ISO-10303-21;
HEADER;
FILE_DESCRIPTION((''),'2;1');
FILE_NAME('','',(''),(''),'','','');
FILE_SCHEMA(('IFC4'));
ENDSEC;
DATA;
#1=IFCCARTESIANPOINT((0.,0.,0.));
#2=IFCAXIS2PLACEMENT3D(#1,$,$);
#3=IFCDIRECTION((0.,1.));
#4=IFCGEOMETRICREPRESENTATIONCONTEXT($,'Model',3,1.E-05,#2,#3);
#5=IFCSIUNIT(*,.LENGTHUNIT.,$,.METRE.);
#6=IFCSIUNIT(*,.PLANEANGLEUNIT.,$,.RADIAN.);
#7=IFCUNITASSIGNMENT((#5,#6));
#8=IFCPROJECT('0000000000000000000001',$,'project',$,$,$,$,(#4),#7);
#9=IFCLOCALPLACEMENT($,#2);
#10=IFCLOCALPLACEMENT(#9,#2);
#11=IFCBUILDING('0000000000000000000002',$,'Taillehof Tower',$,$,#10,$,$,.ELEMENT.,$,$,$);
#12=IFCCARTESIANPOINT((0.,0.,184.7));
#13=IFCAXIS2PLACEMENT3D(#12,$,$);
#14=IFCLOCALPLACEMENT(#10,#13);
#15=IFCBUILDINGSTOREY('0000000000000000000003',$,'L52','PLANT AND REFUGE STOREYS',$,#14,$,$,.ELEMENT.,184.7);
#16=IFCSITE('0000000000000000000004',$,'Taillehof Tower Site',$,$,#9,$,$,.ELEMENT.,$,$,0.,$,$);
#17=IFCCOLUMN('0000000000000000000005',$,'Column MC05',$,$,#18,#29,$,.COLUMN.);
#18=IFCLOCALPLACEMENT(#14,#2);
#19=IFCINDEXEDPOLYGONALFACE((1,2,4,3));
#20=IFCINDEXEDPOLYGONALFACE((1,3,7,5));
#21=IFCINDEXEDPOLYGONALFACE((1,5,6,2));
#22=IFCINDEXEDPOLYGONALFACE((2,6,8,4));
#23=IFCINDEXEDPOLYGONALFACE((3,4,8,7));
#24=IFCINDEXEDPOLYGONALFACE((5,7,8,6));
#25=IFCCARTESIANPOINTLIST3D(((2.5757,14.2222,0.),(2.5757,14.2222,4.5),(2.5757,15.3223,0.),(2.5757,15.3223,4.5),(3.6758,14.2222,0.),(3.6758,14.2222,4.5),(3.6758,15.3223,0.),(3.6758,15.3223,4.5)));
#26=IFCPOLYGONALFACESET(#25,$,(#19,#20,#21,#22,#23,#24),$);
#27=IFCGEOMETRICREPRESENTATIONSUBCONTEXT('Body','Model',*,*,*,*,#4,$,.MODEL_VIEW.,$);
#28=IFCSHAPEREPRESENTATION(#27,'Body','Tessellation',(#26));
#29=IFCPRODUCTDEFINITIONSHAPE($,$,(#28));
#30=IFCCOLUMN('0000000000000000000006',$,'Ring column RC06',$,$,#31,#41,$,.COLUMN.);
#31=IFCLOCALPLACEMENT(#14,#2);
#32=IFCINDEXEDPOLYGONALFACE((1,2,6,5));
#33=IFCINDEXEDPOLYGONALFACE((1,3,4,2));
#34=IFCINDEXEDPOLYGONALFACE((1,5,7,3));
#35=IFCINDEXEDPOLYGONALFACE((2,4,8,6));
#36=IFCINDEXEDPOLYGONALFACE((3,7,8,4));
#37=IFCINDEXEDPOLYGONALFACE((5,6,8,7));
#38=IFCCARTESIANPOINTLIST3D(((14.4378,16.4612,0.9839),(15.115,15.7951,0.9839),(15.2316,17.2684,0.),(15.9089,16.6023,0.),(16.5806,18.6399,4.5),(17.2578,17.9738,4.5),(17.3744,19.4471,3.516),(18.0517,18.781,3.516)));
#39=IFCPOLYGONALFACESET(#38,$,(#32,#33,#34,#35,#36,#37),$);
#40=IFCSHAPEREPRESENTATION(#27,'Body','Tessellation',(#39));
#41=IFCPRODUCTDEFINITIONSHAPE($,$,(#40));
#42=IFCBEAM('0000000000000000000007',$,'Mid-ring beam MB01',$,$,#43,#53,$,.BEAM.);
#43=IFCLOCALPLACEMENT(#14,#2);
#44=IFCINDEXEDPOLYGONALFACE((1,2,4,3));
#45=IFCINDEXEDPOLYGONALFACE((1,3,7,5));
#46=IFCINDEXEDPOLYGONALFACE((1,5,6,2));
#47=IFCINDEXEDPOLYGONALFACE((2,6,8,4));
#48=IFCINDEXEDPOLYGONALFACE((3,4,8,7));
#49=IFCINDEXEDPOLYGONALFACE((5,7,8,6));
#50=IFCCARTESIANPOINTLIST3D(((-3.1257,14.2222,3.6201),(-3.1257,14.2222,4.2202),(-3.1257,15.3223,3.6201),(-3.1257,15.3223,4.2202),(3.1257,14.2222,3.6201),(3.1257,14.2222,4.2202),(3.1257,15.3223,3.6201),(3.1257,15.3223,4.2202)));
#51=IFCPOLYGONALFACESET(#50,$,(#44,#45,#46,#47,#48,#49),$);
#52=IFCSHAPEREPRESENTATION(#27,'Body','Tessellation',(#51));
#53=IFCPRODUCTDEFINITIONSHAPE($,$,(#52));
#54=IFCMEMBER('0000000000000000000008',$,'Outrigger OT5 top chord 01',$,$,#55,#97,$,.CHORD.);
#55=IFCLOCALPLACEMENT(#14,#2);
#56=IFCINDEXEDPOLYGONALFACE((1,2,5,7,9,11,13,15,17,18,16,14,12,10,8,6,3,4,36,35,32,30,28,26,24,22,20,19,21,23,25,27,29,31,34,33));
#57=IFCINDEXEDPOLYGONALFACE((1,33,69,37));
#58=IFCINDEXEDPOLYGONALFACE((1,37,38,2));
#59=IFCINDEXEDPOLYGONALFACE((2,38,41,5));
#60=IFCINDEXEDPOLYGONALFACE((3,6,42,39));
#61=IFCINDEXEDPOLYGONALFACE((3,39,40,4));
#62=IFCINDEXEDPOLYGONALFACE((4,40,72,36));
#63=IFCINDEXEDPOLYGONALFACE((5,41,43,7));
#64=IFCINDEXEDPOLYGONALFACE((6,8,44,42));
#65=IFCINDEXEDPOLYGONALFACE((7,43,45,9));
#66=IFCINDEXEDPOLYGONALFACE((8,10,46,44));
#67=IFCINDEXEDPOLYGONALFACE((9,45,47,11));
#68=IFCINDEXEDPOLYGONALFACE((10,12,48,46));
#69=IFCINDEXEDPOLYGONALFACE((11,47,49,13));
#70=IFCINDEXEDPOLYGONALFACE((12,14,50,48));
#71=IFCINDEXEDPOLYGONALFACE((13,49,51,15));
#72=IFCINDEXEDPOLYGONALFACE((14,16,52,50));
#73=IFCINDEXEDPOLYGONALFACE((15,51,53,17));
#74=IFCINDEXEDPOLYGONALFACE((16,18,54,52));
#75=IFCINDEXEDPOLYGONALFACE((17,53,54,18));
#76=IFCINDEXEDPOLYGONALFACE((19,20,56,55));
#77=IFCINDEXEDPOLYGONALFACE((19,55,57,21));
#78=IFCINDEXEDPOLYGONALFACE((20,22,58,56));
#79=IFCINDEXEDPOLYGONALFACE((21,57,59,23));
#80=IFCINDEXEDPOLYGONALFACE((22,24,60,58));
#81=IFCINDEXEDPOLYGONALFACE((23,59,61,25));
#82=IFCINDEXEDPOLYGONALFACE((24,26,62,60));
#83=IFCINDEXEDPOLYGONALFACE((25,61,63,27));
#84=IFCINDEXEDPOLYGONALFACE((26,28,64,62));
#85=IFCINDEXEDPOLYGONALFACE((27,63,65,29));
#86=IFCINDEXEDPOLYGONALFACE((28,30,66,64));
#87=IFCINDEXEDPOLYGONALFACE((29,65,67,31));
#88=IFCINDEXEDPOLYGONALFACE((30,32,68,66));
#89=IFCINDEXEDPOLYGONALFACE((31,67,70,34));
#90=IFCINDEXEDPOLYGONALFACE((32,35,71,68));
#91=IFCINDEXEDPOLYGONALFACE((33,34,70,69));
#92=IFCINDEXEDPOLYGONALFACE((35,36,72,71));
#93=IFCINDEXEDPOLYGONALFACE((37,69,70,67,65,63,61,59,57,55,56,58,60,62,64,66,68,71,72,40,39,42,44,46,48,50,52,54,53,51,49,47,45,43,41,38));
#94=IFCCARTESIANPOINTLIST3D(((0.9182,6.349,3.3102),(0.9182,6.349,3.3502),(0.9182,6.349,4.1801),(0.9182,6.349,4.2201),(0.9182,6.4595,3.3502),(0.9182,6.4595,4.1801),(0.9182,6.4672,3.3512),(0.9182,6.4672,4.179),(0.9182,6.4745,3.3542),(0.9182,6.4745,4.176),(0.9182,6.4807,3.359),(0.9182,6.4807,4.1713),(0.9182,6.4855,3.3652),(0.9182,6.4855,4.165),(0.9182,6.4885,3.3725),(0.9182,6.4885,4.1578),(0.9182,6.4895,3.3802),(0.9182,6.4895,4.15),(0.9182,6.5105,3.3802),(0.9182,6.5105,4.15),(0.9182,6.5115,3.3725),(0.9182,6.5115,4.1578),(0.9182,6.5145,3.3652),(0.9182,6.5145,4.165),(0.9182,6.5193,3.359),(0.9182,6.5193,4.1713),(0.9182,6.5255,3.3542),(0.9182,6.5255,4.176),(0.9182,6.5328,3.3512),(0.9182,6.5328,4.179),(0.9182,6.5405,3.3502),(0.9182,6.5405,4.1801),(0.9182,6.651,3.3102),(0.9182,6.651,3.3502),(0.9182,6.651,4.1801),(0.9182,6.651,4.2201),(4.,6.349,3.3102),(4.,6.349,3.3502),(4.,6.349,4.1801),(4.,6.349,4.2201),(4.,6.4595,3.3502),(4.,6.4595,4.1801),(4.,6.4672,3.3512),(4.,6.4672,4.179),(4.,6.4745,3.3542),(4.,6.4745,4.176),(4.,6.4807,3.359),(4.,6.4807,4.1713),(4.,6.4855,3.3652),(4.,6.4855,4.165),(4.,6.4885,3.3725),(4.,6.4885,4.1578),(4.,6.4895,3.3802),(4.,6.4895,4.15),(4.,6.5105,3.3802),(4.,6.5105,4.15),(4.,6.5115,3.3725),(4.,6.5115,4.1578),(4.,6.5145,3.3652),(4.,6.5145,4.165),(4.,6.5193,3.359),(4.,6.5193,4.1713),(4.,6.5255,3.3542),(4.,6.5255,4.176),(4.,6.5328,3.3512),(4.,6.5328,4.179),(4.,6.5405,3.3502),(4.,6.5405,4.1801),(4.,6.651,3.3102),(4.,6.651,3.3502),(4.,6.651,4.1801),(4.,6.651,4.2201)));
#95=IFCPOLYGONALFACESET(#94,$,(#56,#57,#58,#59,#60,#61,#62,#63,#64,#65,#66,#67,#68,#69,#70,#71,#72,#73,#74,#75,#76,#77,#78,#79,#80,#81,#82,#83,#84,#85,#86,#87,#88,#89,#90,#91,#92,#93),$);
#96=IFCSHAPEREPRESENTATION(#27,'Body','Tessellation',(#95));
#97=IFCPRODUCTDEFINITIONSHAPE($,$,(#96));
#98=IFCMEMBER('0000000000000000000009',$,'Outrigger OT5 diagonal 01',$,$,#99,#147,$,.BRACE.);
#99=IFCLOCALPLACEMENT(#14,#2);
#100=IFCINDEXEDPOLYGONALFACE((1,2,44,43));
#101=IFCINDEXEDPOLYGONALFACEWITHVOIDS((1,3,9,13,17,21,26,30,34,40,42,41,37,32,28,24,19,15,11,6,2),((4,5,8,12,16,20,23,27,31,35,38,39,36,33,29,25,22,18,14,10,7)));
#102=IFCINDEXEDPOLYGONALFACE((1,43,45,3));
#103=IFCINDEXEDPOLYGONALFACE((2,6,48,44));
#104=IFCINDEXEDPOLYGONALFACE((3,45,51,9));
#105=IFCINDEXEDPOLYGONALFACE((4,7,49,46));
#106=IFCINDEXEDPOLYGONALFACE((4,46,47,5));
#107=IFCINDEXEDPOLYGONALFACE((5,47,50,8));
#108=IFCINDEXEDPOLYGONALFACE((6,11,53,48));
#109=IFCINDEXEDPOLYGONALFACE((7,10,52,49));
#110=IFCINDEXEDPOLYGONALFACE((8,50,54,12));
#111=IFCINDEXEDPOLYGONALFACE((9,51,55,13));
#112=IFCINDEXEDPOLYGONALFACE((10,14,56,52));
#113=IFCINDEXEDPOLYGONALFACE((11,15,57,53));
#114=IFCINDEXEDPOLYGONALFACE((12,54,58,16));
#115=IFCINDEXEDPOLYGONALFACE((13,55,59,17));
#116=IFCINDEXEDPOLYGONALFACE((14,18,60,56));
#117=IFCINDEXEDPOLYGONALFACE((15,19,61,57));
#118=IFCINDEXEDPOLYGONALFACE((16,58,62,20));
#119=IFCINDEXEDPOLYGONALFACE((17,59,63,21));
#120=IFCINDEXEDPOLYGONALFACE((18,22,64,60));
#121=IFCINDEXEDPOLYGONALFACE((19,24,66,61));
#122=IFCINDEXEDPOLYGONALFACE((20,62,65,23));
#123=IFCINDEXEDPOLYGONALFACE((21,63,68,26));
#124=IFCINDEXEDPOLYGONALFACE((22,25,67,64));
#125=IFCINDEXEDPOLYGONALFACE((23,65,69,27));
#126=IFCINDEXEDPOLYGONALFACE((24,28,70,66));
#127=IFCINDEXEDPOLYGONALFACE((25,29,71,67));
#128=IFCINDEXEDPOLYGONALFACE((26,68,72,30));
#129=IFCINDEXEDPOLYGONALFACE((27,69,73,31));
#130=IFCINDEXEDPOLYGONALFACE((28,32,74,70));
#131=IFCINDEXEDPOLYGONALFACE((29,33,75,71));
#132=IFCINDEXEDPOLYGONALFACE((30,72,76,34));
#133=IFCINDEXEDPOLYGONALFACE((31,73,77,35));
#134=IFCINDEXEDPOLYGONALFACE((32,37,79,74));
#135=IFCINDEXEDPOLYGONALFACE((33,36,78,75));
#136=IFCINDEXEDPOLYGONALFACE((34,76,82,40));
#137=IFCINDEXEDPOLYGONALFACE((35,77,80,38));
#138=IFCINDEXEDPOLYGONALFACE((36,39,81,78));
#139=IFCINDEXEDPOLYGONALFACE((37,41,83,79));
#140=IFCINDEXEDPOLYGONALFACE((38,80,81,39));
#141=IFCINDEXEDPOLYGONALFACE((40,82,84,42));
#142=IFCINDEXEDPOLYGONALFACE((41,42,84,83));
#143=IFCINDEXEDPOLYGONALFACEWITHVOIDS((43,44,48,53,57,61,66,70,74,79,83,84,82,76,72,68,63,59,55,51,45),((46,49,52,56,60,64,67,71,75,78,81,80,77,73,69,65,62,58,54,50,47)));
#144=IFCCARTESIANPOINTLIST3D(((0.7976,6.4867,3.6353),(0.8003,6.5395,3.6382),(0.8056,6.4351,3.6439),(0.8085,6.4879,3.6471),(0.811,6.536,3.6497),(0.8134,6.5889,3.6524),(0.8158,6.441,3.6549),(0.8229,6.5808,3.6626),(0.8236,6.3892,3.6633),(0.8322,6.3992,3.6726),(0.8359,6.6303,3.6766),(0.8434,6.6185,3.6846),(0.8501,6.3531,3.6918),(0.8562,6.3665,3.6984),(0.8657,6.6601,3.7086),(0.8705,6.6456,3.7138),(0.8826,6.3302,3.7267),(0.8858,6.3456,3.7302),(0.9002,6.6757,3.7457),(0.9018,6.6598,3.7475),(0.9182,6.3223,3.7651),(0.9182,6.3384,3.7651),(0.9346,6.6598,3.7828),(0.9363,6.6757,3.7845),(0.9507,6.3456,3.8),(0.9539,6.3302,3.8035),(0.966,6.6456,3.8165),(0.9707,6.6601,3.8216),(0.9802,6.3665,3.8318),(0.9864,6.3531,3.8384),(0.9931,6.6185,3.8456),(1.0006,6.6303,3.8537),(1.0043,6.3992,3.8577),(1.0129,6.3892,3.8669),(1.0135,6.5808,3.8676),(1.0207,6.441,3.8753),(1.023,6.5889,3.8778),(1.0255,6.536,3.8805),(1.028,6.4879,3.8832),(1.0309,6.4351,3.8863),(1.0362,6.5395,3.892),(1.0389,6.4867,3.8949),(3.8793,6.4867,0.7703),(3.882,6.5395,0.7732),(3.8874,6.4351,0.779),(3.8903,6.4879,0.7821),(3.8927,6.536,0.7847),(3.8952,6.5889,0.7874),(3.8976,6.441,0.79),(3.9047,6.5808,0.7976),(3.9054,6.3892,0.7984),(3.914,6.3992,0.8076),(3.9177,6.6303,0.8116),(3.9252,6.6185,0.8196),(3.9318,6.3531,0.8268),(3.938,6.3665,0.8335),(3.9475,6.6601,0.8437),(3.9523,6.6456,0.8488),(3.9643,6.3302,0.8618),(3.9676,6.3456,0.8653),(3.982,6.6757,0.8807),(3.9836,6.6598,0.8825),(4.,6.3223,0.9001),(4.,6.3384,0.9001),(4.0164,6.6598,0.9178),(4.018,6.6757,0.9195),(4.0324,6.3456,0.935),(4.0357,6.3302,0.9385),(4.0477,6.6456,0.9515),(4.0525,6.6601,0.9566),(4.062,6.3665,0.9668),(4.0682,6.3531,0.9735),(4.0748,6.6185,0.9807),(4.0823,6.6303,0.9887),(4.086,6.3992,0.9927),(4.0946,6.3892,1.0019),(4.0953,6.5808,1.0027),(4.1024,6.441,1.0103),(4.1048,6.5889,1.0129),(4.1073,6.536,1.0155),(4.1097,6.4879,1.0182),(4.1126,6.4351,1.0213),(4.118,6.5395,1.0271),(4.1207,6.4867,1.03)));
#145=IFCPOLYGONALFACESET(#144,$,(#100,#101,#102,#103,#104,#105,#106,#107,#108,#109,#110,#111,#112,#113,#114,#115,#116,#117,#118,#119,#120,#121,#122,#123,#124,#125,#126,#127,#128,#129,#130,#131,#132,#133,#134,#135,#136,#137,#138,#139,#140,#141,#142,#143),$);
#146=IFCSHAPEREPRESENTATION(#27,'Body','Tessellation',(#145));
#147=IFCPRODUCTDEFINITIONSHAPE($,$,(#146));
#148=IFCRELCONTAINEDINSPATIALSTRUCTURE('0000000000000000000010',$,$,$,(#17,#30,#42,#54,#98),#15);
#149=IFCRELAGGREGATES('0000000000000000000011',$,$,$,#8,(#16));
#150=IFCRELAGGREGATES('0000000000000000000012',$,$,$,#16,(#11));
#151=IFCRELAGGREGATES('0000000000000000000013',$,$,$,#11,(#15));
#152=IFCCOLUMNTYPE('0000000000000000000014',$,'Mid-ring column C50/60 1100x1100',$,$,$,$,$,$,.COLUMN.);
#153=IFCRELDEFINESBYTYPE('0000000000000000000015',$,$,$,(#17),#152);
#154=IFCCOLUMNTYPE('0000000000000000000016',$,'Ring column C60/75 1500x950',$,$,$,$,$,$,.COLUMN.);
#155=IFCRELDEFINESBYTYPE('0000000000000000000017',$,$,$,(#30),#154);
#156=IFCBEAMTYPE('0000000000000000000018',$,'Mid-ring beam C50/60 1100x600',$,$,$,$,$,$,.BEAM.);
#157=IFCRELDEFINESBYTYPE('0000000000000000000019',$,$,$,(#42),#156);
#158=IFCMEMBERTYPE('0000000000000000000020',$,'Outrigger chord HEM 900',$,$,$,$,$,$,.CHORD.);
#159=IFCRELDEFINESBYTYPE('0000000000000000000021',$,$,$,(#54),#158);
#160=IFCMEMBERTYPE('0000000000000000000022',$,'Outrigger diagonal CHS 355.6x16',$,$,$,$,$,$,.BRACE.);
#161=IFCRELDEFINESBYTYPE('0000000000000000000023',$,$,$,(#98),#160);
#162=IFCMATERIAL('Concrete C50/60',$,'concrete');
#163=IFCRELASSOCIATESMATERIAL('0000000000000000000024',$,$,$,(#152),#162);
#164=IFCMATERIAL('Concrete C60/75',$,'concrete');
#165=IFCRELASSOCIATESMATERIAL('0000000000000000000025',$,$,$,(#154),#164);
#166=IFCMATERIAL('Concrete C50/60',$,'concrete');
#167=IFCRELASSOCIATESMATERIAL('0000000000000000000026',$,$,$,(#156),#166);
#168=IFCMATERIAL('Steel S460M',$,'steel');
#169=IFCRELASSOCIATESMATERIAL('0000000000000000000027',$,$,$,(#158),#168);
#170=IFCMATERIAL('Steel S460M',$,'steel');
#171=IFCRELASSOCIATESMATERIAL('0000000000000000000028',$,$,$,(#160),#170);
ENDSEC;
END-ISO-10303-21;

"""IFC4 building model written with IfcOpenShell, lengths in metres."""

from ifc_helpers import new_model, si_unit, direction, frame, origin, origin_2d, place, context, subcontext, project, spatial, rectangle, hollow_circle, i_section, extrude, material, material_profile, profile_set, type_object, element, save


model = new_model("IFC4")

# Units and contexts
model_context = context("Model", 3, precision=1e-05, world=origin(), true_north=direction((0.0, 1.0)))
body_context = subcontext(model_context, "Body", "Model", "MODEL_VIEW")
ifc_project = project(units=[si_unit("LENGTHUNIT", "METRE"), si_unit("PLANEANGLEUNIT", "RADIAN")], contexts=[model_context])

# Site, building, storey
site_placement = place(None, origin())
site = spatial("IfcSite", under=ifc_project, at=site_placement, Name="Taillehof Tower Site", CompositionType="ELEMENT", RefElevation=0.0)
building_placement = place(site_placement, origin())
building = spatial("IfcBuilding", under=site, at=building_placement, Name="Taillehof Tower", CompositionType="ELEMENT")
storey_placement = place(building_placement, frame((0.0, 0.0, 184.7)))
storey = spatial("IfcBuildingStorey", under=building, at=storey_placement, Name="L52", Description="PLANT AND REFUGE STOREYS", CompositionType="ELEMENT", Elevation=184.7)

# Columns
ifc_material_1 = material(Name="Concrete C50/60", Category="concrete")
ifc_material_profile_1 = material_profile(ifc_material_1, rectangle(XDim=1.1001, YDim=1.1001, at=origin_2d()), Name="RC 1100x1100")
ifc_profile_set_1 = profile_set([ifc_material_profile_1], Name="Concrete C50/60")
column_type_1 = type_object("IfcColumnType", Name="Mid-ring column C50/60 1100x1100", PredefinedType="COLUMN", material=ifc_profile_set_1)
column_1_placement = place(storey_placement, frame((3.1257, 14.7722, 0.0), z_axis=(0.0, 0.0, 1.0), x_axis=(1.0, 0.0, 0.0)))
element("IfcColumn", 1, at=column_1_placement, inside=storey, type_object=column_type_1, Name="Column MC05", PredefinedType="COLUMN", context=body_context, shape_type="SweptSolid", body=[
    extrude(rectangle(XDim=1.1001, YDim=1.1001, at=origin_2d()), origin(), (0.0, 0.0, 1.0), 4.5),
])
ifc_material_2 = material(Name="Concrete C60/75", Category="concrete")
ifc_material_profile_2 = material_profile(ifc_material_2, rectangle(XDim=1.5, YDim=0.95, at=origin_2d()), Name="RC 1500x950")
ifc_profile_set_2 = profile_set([ifc_material_profile_2], Name="Concrete C60/75")
column_type_2 = type_object("IfcColumnType", Name="Ring column C60/75 1500x950", PredefinedType="COLUMN", material=ifc_profile_set_2)
column_2_placement = place(storey_placement, frame((15.1733, 16.5317, 0.4919), z_axis=(0.459982, 0.467686, 0.754775), x_axis=(-0.529256, -0.538121, 0.655983)))
element("IfcColumn", 2, at=column_2_placement, inside=storey, type_object=column_type_2, Name="Ring column RC06", PredefinedType="COLUMN", context=body_context, shape_type="SweptSolid", body=[
    extrude(rectangle(XDim=1.5, YDim=0.95, at=origin_2d()), origin(), (0.0, 0.0, 1.0), 4.6584),
])

# Beam
ifc_material_3 = material(Name="Concrete C50/60", Category="concrete")
ifc_material_profile_3 = material_profile(ifc_material_3, rectangle(XDim=1.1001, YDim=0.6001, at=origin_2d()), Name="RC 1100x600")
ifc_profile_set_3 = profile_set([ifc_material_profile_3], Name="Concrete C50/60")
beam_type_1 = type_object("IfcBeamType", Name="Mid-ring beam C50/60 1100x600", PredefinedType="BEAM", material=ifc_profile_set_3)
beam_1_placement = place(storey_placement, frame((3.1257, 14.7722, 3.9202), z_axis=(-1.0, 0.0, 0.0), x_axis=(0.0, -1.0, 0.0)))
element("IfcBeam", 3, at=beam_1_placement, inside=storey, type_object=beam_type_1, Name="Mid-ring beam MB01", PredefinedType="BEAM", context=body_context, shape_type="SweptSolid", body=[
    extrude(rectangle(XDim=1.1001, YDim=0.6001, at=origin_2d()), origin(), (0.0, 0.0, 1.0), 6.2515),
])

# Members
ifc_material_4 = material(Name="Steel S460M", Category="steel")
ifc_material_profile_4 = material_profile(ifc_material_4, i_section(OverallWidth=0.302, OverallDepth=0.9099, WebThickness=0.021, FlangeThickness=0.04, FilletRadius=0.03, at=origin_2d()), Name="HEM 900")
ifc_profile_set_4 = profile_set([ifc_material_profile_4], Name="Steel S460M")
member_type_1 = type_object("IfcMemberType", Name="Outrigger chord HEM 900", PredefinedType="CHORD", material=ifc_profile_set_4)
member_1_placement = place(storey_placement, frame((4.0, 6.5, 3.7651), z_axis=(-1.0, 0.0, 0.0), x_axis=(0.0, -1.0, 0.0)))
element("IfcMember", 4, at=member_1_placement, inside=storey, type_object=member_type_1, Name="Outrigger OT5 top chord 01", PredefinedType="CHORD", context=body_context, shape_type="SweptSolid", body=[
    extrude(i_section(OverallWidth=0.302, OverallDepth=0.9099, WebThickness=0.021, FlangeThickness=0.04, FilletRadius=0.03, at=origin_2d()), origin(), (0.0, 0.0, 1.0), 3.0818),
])
ifc_material_5 = material(Name="Steel S460M", Category="steel")
ifc_material_profile_5 = material_profile(ifc_material_5, hollow_circle(Radius=0.1777, WallThickness=0.0161, at=origin_2d()), Name="CHS 355.6x16")
ifc_profile_set_5 = profile_set([ifc_material_profile_5], Name="Steel S460M")
member_type_2 = type_object("IfcMemberType", Name="Outrigger diagonal CHS 355.6x16", PredefinedType="BRACE", material=ifc_profile_set_5)
member_2_placement = place(storey_placement, frame((4.0, 6.5, 0.9001), z_axis=(-0.732399, 0.0, 0.680876), x_axis=(0.0, -1.0, 0.0)))
element("IfcMember", 5, at=member_2_placement, inside=storey, type_object=member_type_2, Name="Outrigger OT5 diagonal 01", PredefinedType="BRACE", context=body_context, shape_type="SweptSolid", body=[
    extrude(hollow_circle(Radius=0.1777, WallThickness=0.0161, at=origin_2d()), origin(), (0.0, 0.0, 1.0), 4.2078),
])

save(model, "model.ifc")
